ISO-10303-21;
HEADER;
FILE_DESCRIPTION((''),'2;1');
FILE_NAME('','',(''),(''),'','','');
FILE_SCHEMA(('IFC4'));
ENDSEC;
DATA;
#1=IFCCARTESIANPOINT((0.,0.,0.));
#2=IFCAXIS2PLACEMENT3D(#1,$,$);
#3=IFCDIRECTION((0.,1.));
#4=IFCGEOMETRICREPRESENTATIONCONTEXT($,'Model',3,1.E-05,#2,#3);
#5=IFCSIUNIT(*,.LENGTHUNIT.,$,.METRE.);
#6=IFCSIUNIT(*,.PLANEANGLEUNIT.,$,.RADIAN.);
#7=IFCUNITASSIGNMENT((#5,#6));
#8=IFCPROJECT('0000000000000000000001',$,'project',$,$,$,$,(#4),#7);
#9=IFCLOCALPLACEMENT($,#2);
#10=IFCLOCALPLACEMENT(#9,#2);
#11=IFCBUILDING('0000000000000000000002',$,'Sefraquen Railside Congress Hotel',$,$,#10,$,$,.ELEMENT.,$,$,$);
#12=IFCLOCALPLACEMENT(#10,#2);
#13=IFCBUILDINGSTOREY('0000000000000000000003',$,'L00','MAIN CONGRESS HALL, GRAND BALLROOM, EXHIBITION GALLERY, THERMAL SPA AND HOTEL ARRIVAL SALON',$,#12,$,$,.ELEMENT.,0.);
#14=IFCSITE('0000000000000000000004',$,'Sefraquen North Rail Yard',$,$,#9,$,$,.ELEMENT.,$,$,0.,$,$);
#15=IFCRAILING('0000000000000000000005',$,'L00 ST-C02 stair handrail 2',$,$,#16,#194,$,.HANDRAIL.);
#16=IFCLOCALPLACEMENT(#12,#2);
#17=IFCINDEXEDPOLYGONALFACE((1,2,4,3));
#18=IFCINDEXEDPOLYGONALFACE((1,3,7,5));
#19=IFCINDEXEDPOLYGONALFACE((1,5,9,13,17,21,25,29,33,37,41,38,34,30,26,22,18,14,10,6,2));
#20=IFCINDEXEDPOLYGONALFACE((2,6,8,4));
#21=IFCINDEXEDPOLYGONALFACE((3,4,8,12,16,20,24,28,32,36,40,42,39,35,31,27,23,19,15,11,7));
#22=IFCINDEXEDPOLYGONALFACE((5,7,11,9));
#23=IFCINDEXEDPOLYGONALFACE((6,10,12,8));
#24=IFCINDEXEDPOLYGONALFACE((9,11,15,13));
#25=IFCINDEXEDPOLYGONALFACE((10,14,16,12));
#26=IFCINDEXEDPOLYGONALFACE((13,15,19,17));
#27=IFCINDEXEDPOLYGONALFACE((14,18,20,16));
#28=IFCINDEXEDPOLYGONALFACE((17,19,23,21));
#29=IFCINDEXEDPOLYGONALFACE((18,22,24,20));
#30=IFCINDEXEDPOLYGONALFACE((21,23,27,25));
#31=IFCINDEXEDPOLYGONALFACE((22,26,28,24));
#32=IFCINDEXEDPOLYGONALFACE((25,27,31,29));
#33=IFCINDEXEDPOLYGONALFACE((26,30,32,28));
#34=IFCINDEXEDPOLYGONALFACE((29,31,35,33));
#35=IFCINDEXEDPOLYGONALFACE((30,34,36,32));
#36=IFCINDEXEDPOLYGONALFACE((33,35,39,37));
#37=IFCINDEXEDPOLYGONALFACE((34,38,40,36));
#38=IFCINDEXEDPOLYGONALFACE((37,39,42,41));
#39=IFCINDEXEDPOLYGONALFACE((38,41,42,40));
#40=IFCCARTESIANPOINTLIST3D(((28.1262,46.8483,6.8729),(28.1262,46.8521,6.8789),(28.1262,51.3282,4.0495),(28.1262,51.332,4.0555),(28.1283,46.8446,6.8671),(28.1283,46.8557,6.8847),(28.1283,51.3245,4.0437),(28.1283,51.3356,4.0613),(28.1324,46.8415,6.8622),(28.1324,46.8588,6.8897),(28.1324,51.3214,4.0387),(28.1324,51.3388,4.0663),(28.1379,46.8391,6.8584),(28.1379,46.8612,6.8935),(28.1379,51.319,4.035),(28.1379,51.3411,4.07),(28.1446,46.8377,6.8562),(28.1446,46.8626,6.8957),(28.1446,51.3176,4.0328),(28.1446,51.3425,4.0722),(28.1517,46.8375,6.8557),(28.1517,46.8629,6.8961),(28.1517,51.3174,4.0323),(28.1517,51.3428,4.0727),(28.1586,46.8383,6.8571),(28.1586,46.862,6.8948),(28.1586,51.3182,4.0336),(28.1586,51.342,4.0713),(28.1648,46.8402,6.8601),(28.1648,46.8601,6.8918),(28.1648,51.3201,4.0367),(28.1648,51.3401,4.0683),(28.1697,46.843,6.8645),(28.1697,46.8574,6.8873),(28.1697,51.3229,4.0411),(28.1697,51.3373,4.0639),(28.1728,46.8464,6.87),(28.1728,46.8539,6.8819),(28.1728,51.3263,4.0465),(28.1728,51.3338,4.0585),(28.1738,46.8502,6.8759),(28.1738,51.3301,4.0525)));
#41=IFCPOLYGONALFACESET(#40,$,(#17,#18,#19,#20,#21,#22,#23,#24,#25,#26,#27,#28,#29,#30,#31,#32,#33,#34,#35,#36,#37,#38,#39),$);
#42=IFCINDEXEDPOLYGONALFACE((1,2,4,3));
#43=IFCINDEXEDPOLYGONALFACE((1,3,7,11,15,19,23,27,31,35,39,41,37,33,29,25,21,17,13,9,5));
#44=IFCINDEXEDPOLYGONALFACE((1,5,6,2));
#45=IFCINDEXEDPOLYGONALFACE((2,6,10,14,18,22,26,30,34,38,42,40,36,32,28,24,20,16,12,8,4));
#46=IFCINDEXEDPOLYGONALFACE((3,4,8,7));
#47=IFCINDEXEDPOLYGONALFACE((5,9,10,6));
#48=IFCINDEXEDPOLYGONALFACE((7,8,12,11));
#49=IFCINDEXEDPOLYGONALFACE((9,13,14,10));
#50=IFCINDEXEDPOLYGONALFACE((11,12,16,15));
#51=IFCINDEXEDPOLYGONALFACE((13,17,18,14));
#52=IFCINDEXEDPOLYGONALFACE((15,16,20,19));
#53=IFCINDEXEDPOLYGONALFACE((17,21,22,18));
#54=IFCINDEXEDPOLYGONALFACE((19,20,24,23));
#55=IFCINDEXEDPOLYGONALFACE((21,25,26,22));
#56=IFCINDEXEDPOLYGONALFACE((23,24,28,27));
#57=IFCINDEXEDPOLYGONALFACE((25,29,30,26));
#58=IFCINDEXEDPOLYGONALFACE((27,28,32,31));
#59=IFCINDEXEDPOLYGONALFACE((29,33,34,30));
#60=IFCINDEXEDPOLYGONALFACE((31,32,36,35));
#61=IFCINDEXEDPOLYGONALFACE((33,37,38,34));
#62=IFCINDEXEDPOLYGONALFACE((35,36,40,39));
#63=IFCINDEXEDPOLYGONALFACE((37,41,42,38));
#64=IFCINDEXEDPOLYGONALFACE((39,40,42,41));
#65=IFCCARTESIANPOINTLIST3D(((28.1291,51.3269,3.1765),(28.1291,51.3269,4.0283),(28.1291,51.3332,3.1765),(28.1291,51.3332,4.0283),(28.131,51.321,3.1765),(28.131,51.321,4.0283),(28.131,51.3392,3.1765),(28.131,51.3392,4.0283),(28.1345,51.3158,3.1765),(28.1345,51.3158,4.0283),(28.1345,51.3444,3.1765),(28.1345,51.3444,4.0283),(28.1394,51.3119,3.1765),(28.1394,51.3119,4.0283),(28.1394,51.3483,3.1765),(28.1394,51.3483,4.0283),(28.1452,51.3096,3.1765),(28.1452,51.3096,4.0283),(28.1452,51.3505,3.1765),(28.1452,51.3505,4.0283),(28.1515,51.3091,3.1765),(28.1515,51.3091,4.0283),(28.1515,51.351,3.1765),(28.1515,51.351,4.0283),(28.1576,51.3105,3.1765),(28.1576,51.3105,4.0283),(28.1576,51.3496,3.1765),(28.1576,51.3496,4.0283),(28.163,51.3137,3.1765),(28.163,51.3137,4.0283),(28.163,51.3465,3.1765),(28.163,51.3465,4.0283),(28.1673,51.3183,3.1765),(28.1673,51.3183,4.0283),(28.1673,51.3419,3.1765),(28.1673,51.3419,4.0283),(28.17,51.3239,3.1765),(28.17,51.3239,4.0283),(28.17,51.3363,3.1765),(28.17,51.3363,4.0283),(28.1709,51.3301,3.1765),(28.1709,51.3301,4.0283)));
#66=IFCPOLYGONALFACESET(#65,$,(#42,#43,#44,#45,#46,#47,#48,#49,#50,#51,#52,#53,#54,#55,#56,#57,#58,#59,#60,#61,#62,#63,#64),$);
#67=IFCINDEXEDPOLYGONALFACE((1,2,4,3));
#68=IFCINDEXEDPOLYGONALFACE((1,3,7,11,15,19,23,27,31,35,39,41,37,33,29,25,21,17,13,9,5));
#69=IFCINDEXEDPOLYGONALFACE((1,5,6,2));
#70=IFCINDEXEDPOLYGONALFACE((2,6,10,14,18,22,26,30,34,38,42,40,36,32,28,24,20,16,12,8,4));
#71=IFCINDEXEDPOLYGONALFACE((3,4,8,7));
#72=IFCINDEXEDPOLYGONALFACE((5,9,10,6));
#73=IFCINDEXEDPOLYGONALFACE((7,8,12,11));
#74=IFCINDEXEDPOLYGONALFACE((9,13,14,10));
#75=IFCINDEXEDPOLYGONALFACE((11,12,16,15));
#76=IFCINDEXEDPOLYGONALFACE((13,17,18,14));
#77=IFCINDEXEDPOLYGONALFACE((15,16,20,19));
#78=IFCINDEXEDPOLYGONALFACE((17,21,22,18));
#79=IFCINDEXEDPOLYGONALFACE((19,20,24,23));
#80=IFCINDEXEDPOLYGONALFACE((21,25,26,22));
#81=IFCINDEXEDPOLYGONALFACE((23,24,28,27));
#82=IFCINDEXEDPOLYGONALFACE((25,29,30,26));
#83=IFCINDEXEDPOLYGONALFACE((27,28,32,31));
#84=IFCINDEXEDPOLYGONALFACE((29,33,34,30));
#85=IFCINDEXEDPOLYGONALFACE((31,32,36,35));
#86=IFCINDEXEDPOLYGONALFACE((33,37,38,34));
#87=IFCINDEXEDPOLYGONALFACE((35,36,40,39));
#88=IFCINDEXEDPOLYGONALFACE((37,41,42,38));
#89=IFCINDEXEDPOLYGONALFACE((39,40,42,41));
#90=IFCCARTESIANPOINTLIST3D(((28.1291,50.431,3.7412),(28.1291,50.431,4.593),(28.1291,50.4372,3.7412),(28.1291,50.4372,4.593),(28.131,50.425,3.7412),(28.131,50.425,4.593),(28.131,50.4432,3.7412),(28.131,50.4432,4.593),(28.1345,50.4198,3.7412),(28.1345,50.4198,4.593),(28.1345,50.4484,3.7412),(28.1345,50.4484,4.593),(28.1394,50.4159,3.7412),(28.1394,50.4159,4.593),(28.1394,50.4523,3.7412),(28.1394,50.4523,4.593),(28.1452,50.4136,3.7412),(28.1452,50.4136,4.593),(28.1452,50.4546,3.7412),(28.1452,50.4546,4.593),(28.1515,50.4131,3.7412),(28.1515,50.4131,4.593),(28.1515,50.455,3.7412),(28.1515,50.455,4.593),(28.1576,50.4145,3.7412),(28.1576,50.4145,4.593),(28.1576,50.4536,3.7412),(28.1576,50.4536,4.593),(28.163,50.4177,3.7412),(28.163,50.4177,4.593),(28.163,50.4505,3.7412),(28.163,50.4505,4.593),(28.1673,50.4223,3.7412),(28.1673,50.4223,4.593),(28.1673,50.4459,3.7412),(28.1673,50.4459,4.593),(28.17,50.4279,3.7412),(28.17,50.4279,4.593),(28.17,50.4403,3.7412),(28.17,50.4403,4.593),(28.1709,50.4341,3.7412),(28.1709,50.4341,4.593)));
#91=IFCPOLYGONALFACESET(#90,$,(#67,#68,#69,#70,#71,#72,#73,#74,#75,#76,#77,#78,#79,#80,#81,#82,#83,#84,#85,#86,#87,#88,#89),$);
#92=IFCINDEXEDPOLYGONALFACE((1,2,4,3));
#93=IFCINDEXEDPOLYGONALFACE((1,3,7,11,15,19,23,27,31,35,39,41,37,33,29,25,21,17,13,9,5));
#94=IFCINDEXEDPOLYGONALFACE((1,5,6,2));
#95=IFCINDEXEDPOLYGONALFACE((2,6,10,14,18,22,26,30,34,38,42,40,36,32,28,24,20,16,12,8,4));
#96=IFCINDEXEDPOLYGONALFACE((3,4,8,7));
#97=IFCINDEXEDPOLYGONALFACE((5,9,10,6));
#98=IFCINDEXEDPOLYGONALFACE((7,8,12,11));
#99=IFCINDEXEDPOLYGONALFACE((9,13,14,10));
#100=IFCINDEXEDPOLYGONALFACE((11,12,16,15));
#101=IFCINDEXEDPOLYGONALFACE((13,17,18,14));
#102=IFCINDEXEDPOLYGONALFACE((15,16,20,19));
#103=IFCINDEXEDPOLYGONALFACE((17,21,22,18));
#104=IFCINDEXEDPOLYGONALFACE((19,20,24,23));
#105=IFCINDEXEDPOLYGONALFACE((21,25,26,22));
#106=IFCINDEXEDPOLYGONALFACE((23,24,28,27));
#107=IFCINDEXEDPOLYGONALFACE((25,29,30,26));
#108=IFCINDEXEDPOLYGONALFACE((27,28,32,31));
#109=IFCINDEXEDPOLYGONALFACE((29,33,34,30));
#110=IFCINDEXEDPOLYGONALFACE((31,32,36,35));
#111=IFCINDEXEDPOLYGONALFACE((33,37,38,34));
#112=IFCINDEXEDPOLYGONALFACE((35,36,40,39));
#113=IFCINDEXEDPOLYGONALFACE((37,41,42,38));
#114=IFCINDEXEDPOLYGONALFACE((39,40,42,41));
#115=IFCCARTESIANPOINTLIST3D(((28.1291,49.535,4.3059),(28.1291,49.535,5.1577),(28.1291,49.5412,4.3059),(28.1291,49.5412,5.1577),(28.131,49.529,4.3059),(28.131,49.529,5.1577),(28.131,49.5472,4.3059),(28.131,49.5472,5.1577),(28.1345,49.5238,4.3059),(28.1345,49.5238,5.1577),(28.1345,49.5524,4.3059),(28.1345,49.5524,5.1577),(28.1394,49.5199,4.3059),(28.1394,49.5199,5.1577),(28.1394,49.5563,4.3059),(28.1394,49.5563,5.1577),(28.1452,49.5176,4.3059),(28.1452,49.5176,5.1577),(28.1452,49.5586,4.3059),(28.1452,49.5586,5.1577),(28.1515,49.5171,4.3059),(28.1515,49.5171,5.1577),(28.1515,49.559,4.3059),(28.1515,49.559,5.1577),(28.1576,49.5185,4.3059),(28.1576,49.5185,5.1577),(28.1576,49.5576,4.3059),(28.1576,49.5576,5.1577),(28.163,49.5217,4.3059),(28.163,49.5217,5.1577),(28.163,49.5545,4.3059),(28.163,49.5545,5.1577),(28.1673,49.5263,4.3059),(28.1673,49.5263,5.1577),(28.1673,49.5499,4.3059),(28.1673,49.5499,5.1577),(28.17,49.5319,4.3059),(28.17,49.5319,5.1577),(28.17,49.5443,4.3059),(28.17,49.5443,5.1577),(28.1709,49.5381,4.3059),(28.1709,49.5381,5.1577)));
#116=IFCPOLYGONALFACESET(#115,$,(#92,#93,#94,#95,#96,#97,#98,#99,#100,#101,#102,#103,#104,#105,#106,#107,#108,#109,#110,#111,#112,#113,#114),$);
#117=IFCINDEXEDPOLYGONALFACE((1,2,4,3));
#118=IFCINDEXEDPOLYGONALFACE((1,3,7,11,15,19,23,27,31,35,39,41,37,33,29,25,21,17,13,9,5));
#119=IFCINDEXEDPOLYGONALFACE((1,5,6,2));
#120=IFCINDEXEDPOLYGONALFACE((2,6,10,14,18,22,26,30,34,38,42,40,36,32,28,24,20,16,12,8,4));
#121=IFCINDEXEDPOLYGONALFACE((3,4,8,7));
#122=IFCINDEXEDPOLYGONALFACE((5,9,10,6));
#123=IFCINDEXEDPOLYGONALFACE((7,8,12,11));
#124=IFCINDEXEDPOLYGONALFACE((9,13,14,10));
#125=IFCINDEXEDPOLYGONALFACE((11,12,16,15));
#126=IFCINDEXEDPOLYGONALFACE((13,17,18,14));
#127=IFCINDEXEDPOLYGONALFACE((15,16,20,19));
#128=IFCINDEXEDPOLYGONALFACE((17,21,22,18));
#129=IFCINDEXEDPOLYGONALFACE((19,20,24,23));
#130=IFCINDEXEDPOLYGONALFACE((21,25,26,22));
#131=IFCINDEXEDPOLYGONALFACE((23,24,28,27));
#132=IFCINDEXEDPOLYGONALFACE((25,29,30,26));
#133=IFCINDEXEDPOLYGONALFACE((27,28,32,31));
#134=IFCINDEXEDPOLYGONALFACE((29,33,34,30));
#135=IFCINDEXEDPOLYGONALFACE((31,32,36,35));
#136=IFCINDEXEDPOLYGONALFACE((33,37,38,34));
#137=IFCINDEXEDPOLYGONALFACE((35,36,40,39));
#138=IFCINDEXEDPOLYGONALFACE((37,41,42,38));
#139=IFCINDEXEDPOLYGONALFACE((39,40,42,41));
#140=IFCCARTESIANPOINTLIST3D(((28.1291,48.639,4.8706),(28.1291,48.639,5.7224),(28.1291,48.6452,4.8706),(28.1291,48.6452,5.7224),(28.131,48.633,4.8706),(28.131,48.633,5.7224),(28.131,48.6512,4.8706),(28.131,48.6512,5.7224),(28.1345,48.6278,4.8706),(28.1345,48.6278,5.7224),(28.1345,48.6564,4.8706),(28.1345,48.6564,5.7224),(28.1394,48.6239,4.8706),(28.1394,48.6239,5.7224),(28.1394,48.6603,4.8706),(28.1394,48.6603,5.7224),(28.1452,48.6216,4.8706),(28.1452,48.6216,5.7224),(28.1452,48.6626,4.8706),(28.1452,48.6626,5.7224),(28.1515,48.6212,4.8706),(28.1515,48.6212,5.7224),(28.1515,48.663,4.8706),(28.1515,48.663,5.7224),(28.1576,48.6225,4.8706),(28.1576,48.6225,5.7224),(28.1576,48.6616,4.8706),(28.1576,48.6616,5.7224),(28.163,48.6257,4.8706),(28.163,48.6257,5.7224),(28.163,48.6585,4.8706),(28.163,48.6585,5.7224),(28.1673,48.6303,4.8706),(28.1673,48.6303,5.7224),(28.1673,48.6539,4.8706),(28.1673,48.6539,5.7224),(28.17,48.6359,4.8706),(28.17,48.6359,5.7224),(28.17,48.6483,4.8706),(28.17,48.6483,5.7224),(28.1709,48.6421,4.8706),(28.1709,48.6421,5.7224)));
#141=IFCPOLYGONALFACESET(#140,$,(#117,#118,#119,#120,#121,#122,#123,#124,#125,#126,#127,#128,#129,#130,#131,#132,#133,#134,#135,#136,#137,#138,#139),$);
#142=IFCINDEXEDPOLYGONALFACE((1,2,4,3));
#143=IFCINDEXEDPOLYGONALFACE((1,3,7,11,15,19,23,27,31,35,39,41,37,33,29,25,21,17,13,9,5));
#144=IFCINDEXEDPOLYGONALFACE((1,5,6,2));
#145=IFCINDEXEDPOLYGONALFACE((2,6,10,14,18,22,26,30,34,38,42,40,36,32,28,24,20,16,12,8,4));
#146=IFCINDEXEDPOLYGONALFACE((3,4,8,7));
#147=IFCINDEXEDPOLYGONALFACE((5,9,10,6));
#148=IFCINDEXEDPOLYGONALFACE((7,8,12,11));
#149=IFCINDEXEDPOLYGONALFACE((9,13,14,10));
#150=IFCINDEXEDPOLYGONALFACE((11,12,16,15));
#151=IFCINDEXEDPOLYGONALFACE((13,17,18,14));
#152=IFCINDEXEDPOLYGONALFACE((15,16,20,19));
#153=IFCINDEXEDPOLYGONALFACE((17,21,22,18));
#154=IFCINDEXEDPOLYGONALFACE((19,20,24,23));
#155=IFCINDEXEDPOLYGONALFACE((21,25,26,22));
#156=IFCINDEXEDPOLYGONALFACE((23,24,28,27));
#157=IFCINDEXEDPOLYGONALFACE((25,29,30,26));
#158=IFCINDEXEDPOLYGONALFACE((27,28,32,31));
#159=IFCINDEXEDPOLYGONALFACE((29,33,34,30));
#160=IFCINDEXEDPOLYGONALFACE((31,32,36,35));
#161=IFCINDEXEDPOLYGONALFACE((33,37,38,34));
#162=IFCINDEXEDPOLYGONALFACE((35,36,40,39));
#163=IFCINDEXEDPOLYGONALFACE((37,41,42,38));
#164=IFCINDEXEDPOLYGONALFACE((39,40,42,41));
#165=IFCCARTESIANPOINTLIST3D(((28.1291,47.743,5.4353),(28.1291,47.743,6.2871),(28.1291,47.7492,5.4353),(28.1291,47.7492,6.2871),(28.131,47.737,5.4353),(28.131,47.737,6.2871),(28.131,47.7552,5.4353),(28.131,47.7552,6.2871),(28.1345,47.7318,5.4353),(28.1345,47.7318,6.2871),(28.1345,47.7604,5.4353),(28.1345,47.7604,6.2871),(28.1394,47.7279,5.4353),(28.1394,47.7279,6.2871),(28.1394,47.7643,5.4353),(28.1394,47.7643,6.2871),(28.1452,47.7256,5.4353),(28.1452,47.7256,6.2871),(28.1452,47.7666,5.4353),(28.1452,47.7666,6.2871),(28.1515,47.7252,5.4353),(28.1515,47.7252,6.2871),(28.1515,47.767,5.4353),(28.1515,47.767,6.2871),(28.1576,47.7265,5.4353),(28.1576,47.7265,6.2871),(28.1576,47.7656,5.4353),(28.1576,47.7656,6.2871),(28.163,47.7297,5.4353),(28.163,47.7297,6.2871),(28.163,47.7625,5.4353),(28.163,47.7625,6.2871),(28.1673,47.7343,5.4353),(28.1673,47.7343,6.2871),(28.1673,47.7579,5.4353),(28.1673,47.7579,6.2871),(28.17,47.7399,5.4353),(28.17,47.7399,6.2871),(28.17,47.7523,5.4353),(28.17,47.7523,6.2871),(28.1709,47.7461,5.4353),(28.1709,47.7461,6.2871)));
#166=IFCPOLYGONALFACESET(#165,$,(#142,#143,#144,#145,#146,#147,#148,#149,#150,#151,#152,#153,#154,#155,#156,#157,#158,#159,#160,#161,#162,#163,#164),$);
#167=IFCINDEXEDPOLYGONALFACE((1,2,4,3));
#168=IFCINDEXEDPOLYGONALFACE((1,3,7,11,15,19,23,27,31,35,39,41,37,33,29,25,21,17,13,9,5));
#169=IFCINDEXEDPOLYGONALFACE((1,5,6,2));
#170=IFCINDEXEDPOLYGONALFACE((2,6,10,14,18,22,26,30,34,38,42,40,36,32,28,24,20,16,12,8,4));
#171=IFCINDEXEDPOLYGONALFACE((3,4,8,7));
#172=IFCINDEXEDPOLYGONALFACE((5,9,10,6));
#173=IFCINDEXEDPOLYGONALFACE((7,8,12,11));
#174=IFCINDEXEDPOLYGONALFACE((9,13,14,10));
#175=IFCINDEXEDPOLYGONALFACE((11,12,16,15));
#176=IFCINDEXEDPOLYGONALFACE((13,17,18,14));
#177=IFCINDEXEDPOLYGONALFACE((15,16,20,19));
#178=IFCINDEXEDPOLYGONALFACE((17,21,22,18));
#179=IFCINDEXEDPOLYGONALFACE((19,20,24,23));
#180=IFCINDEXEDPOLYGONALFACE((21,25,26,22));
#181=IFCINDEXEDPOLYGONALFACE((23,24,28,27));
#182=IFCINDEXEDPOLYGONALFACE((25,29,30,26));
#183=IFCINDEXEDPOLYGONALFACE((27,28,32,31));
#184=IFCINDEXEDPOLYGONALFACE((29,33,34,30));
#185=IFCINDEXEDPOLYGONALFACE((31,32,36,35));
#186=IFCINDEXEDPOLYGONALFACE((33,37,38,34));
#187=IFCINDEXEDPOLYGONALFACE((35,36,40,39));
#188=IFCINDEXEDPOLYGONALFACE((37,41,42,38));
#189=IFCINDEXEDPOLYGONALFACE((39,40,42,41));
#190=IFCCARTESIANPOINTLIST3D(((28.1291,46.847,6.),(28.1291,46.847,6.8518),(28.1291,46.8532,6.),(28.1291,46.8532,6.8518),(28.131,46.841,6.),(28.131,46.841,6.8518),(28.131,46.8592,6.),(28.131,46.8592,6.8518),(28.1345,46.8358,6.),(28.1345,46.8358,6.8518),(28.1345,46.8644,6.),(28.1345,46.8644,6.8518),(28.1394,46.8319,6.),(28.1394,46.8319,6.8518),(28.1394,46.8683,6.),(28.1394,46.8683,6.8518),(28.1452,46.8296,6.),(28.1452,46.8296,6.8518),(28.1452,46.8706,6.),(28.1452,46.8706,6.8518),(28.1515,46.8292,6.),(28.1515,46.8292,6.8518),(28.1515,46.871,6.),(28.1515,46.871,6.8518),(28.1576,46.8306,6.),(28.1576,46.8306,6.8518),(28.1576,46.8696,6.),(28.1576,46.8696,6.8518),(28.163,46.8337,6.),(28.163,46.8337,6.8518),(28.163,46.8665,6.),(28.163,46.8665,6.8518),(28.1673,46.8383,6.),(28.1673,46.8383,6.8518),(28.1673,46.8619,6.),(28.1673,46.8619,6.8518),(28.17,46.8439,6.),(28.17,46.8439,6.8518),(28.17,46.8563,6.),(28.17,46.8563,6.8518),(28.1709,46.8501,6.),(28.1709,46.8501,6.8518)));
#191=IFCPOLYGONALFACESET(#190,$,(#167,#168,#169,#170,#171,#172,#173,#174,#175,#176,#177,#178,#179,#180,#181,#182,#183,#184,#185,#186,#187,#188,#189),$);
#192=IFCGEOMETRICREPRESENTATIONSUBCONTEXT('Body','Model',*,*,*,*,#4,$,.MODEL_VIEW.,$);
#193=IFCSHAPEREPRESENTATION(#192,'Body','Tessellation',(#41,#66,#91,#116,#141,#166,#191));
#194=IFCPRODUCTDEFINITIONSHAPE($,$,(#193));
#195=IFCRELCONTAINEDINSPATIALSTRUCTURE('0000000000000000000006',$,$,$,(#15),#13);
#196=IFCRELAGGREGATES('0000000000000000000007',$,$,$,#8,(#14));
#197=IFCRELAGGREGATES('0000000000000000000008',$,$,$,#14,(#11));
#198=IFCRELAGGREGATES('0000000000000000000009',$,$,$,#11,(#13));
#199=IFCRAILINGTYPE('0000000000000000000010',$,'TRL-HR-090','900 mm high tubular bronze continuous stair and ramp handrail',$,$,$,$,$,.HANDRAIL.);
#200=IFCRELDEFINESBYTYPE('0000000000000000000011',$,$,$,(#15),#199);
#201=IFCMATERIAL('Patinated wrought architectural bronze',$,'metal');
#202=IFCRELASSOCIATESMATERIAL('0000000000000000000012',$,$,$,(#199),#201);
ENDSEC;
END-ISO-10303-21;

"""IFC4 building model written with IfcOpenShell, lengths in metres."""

from ifc_helpers import new_model, si_unit, direction, frame, origin, origin_2d, place, context, subcontext, project, spatial, circle, extrude, material, type_object, element, save


model = new_model("IFC4")

# Units and contexts
model_context = context("Model", 3, precision=1e-05, world=origin(), true_north=direction((0.0, 1.0)))
body_context = subcontext(model_context, "Body", "Model", "MODEL_VIEW")
ifc_project = project(units=[si_unit("LENGTHUNIT", "METRE"), si_unit("PLANEANGLEUNIT", "RADIAN")], contexts=[model_context])

# Site, building, storey
site_placement = place(None, origin())
site = spatial("IfcSite", under=ifc_project, at=site_placement, Name="Sefraquen North Rail Yard", CompositionType="ELEMENT", RefElevation=0.0)
building_placement = place(site_placement, origin())
building = spatial("IfcBuilding", under=site, at=building_placement, Name="Sefraquen Railside Congress Hotel", CompositionType="ELEMENT")
storey_placement = place(building_placement, origin())
storey = spatial("IfcBuildingStorey", under=building, at=storey_placement, Name="L00", Description="MAIN CONGRESS HALL, GRAND BALLROOM, EXHIBITION GALLERY, THERMAL SPA AND HOTEL ARRIVAL SALON", CompositionType="ELEMENT", Elevation=0.0)

# Shared definitions
ifc_material_1 = material(Name="Patinated wrought architectural bronze", Category="metal")

# Railing
railing_type_1 = type_object("IfcRailingType", Name="TRL-HR-090", Description="900 mm high tubular bronze continuous stair and ramp handrail", PredefinedType="HANDRAIL", material=ifc_material_1)
railing_1_placement = place(storey_placement, frame((28.1499, 51.3301, 3.1765)))
element("IfcRailing", 1, at=railing_1_placement, inside=storey, type_object=railing_type_1, Name="L00 ST-C02 stair handrail 2", PredefinedType="HANDRAIL", context=body_context, shape_type="SweptSolid", body=[
    extrude(circle(Radius=0.0239, at=origin_2d()), frame((0.0, 0.0, 0.876), z_axis=(0.0, -0.845998, 0.533186), x_axis=(1.0, 0.0, 0.0)), (0.0, 0.0, 1.0), 5.2954),
    extrude(circle(Radius=0.021, at=origin_2d()), origin(), (0.0, 0.0, 1.0), 0.8518),
    extrude(circle(Radius=0.021, at=origin_2d()), frame((0.0, -0.896, 0.5647)), (0.0, 0.0, 1.0), 0.8518),
    extrude(circle(Radius=0.021, at=origin_2d()), frame((0.0, -1.792, 1.1294)), (0.0, 0.0, 1.0), 0.8518),
    extrude(circle(Radius=0.021, at=origin_2d()), frame((0.0, -2.688, 1.6941)), (0.0, 0.0, 1.0), 0.8518),
    extrude(circle(Radius=0.021, at=origin_2d()), frame((0.0, -3.584, 2.2588)), (0.0, 0.0, 1.0), 0.8518),
    extrude(circle(Radius=0.021, at=origin_2d()), frame((0.0, -4.48, 2.8235)), (0.0, 0.0, 1.0), 0.8518),
])

save(model, "model.ifc")
